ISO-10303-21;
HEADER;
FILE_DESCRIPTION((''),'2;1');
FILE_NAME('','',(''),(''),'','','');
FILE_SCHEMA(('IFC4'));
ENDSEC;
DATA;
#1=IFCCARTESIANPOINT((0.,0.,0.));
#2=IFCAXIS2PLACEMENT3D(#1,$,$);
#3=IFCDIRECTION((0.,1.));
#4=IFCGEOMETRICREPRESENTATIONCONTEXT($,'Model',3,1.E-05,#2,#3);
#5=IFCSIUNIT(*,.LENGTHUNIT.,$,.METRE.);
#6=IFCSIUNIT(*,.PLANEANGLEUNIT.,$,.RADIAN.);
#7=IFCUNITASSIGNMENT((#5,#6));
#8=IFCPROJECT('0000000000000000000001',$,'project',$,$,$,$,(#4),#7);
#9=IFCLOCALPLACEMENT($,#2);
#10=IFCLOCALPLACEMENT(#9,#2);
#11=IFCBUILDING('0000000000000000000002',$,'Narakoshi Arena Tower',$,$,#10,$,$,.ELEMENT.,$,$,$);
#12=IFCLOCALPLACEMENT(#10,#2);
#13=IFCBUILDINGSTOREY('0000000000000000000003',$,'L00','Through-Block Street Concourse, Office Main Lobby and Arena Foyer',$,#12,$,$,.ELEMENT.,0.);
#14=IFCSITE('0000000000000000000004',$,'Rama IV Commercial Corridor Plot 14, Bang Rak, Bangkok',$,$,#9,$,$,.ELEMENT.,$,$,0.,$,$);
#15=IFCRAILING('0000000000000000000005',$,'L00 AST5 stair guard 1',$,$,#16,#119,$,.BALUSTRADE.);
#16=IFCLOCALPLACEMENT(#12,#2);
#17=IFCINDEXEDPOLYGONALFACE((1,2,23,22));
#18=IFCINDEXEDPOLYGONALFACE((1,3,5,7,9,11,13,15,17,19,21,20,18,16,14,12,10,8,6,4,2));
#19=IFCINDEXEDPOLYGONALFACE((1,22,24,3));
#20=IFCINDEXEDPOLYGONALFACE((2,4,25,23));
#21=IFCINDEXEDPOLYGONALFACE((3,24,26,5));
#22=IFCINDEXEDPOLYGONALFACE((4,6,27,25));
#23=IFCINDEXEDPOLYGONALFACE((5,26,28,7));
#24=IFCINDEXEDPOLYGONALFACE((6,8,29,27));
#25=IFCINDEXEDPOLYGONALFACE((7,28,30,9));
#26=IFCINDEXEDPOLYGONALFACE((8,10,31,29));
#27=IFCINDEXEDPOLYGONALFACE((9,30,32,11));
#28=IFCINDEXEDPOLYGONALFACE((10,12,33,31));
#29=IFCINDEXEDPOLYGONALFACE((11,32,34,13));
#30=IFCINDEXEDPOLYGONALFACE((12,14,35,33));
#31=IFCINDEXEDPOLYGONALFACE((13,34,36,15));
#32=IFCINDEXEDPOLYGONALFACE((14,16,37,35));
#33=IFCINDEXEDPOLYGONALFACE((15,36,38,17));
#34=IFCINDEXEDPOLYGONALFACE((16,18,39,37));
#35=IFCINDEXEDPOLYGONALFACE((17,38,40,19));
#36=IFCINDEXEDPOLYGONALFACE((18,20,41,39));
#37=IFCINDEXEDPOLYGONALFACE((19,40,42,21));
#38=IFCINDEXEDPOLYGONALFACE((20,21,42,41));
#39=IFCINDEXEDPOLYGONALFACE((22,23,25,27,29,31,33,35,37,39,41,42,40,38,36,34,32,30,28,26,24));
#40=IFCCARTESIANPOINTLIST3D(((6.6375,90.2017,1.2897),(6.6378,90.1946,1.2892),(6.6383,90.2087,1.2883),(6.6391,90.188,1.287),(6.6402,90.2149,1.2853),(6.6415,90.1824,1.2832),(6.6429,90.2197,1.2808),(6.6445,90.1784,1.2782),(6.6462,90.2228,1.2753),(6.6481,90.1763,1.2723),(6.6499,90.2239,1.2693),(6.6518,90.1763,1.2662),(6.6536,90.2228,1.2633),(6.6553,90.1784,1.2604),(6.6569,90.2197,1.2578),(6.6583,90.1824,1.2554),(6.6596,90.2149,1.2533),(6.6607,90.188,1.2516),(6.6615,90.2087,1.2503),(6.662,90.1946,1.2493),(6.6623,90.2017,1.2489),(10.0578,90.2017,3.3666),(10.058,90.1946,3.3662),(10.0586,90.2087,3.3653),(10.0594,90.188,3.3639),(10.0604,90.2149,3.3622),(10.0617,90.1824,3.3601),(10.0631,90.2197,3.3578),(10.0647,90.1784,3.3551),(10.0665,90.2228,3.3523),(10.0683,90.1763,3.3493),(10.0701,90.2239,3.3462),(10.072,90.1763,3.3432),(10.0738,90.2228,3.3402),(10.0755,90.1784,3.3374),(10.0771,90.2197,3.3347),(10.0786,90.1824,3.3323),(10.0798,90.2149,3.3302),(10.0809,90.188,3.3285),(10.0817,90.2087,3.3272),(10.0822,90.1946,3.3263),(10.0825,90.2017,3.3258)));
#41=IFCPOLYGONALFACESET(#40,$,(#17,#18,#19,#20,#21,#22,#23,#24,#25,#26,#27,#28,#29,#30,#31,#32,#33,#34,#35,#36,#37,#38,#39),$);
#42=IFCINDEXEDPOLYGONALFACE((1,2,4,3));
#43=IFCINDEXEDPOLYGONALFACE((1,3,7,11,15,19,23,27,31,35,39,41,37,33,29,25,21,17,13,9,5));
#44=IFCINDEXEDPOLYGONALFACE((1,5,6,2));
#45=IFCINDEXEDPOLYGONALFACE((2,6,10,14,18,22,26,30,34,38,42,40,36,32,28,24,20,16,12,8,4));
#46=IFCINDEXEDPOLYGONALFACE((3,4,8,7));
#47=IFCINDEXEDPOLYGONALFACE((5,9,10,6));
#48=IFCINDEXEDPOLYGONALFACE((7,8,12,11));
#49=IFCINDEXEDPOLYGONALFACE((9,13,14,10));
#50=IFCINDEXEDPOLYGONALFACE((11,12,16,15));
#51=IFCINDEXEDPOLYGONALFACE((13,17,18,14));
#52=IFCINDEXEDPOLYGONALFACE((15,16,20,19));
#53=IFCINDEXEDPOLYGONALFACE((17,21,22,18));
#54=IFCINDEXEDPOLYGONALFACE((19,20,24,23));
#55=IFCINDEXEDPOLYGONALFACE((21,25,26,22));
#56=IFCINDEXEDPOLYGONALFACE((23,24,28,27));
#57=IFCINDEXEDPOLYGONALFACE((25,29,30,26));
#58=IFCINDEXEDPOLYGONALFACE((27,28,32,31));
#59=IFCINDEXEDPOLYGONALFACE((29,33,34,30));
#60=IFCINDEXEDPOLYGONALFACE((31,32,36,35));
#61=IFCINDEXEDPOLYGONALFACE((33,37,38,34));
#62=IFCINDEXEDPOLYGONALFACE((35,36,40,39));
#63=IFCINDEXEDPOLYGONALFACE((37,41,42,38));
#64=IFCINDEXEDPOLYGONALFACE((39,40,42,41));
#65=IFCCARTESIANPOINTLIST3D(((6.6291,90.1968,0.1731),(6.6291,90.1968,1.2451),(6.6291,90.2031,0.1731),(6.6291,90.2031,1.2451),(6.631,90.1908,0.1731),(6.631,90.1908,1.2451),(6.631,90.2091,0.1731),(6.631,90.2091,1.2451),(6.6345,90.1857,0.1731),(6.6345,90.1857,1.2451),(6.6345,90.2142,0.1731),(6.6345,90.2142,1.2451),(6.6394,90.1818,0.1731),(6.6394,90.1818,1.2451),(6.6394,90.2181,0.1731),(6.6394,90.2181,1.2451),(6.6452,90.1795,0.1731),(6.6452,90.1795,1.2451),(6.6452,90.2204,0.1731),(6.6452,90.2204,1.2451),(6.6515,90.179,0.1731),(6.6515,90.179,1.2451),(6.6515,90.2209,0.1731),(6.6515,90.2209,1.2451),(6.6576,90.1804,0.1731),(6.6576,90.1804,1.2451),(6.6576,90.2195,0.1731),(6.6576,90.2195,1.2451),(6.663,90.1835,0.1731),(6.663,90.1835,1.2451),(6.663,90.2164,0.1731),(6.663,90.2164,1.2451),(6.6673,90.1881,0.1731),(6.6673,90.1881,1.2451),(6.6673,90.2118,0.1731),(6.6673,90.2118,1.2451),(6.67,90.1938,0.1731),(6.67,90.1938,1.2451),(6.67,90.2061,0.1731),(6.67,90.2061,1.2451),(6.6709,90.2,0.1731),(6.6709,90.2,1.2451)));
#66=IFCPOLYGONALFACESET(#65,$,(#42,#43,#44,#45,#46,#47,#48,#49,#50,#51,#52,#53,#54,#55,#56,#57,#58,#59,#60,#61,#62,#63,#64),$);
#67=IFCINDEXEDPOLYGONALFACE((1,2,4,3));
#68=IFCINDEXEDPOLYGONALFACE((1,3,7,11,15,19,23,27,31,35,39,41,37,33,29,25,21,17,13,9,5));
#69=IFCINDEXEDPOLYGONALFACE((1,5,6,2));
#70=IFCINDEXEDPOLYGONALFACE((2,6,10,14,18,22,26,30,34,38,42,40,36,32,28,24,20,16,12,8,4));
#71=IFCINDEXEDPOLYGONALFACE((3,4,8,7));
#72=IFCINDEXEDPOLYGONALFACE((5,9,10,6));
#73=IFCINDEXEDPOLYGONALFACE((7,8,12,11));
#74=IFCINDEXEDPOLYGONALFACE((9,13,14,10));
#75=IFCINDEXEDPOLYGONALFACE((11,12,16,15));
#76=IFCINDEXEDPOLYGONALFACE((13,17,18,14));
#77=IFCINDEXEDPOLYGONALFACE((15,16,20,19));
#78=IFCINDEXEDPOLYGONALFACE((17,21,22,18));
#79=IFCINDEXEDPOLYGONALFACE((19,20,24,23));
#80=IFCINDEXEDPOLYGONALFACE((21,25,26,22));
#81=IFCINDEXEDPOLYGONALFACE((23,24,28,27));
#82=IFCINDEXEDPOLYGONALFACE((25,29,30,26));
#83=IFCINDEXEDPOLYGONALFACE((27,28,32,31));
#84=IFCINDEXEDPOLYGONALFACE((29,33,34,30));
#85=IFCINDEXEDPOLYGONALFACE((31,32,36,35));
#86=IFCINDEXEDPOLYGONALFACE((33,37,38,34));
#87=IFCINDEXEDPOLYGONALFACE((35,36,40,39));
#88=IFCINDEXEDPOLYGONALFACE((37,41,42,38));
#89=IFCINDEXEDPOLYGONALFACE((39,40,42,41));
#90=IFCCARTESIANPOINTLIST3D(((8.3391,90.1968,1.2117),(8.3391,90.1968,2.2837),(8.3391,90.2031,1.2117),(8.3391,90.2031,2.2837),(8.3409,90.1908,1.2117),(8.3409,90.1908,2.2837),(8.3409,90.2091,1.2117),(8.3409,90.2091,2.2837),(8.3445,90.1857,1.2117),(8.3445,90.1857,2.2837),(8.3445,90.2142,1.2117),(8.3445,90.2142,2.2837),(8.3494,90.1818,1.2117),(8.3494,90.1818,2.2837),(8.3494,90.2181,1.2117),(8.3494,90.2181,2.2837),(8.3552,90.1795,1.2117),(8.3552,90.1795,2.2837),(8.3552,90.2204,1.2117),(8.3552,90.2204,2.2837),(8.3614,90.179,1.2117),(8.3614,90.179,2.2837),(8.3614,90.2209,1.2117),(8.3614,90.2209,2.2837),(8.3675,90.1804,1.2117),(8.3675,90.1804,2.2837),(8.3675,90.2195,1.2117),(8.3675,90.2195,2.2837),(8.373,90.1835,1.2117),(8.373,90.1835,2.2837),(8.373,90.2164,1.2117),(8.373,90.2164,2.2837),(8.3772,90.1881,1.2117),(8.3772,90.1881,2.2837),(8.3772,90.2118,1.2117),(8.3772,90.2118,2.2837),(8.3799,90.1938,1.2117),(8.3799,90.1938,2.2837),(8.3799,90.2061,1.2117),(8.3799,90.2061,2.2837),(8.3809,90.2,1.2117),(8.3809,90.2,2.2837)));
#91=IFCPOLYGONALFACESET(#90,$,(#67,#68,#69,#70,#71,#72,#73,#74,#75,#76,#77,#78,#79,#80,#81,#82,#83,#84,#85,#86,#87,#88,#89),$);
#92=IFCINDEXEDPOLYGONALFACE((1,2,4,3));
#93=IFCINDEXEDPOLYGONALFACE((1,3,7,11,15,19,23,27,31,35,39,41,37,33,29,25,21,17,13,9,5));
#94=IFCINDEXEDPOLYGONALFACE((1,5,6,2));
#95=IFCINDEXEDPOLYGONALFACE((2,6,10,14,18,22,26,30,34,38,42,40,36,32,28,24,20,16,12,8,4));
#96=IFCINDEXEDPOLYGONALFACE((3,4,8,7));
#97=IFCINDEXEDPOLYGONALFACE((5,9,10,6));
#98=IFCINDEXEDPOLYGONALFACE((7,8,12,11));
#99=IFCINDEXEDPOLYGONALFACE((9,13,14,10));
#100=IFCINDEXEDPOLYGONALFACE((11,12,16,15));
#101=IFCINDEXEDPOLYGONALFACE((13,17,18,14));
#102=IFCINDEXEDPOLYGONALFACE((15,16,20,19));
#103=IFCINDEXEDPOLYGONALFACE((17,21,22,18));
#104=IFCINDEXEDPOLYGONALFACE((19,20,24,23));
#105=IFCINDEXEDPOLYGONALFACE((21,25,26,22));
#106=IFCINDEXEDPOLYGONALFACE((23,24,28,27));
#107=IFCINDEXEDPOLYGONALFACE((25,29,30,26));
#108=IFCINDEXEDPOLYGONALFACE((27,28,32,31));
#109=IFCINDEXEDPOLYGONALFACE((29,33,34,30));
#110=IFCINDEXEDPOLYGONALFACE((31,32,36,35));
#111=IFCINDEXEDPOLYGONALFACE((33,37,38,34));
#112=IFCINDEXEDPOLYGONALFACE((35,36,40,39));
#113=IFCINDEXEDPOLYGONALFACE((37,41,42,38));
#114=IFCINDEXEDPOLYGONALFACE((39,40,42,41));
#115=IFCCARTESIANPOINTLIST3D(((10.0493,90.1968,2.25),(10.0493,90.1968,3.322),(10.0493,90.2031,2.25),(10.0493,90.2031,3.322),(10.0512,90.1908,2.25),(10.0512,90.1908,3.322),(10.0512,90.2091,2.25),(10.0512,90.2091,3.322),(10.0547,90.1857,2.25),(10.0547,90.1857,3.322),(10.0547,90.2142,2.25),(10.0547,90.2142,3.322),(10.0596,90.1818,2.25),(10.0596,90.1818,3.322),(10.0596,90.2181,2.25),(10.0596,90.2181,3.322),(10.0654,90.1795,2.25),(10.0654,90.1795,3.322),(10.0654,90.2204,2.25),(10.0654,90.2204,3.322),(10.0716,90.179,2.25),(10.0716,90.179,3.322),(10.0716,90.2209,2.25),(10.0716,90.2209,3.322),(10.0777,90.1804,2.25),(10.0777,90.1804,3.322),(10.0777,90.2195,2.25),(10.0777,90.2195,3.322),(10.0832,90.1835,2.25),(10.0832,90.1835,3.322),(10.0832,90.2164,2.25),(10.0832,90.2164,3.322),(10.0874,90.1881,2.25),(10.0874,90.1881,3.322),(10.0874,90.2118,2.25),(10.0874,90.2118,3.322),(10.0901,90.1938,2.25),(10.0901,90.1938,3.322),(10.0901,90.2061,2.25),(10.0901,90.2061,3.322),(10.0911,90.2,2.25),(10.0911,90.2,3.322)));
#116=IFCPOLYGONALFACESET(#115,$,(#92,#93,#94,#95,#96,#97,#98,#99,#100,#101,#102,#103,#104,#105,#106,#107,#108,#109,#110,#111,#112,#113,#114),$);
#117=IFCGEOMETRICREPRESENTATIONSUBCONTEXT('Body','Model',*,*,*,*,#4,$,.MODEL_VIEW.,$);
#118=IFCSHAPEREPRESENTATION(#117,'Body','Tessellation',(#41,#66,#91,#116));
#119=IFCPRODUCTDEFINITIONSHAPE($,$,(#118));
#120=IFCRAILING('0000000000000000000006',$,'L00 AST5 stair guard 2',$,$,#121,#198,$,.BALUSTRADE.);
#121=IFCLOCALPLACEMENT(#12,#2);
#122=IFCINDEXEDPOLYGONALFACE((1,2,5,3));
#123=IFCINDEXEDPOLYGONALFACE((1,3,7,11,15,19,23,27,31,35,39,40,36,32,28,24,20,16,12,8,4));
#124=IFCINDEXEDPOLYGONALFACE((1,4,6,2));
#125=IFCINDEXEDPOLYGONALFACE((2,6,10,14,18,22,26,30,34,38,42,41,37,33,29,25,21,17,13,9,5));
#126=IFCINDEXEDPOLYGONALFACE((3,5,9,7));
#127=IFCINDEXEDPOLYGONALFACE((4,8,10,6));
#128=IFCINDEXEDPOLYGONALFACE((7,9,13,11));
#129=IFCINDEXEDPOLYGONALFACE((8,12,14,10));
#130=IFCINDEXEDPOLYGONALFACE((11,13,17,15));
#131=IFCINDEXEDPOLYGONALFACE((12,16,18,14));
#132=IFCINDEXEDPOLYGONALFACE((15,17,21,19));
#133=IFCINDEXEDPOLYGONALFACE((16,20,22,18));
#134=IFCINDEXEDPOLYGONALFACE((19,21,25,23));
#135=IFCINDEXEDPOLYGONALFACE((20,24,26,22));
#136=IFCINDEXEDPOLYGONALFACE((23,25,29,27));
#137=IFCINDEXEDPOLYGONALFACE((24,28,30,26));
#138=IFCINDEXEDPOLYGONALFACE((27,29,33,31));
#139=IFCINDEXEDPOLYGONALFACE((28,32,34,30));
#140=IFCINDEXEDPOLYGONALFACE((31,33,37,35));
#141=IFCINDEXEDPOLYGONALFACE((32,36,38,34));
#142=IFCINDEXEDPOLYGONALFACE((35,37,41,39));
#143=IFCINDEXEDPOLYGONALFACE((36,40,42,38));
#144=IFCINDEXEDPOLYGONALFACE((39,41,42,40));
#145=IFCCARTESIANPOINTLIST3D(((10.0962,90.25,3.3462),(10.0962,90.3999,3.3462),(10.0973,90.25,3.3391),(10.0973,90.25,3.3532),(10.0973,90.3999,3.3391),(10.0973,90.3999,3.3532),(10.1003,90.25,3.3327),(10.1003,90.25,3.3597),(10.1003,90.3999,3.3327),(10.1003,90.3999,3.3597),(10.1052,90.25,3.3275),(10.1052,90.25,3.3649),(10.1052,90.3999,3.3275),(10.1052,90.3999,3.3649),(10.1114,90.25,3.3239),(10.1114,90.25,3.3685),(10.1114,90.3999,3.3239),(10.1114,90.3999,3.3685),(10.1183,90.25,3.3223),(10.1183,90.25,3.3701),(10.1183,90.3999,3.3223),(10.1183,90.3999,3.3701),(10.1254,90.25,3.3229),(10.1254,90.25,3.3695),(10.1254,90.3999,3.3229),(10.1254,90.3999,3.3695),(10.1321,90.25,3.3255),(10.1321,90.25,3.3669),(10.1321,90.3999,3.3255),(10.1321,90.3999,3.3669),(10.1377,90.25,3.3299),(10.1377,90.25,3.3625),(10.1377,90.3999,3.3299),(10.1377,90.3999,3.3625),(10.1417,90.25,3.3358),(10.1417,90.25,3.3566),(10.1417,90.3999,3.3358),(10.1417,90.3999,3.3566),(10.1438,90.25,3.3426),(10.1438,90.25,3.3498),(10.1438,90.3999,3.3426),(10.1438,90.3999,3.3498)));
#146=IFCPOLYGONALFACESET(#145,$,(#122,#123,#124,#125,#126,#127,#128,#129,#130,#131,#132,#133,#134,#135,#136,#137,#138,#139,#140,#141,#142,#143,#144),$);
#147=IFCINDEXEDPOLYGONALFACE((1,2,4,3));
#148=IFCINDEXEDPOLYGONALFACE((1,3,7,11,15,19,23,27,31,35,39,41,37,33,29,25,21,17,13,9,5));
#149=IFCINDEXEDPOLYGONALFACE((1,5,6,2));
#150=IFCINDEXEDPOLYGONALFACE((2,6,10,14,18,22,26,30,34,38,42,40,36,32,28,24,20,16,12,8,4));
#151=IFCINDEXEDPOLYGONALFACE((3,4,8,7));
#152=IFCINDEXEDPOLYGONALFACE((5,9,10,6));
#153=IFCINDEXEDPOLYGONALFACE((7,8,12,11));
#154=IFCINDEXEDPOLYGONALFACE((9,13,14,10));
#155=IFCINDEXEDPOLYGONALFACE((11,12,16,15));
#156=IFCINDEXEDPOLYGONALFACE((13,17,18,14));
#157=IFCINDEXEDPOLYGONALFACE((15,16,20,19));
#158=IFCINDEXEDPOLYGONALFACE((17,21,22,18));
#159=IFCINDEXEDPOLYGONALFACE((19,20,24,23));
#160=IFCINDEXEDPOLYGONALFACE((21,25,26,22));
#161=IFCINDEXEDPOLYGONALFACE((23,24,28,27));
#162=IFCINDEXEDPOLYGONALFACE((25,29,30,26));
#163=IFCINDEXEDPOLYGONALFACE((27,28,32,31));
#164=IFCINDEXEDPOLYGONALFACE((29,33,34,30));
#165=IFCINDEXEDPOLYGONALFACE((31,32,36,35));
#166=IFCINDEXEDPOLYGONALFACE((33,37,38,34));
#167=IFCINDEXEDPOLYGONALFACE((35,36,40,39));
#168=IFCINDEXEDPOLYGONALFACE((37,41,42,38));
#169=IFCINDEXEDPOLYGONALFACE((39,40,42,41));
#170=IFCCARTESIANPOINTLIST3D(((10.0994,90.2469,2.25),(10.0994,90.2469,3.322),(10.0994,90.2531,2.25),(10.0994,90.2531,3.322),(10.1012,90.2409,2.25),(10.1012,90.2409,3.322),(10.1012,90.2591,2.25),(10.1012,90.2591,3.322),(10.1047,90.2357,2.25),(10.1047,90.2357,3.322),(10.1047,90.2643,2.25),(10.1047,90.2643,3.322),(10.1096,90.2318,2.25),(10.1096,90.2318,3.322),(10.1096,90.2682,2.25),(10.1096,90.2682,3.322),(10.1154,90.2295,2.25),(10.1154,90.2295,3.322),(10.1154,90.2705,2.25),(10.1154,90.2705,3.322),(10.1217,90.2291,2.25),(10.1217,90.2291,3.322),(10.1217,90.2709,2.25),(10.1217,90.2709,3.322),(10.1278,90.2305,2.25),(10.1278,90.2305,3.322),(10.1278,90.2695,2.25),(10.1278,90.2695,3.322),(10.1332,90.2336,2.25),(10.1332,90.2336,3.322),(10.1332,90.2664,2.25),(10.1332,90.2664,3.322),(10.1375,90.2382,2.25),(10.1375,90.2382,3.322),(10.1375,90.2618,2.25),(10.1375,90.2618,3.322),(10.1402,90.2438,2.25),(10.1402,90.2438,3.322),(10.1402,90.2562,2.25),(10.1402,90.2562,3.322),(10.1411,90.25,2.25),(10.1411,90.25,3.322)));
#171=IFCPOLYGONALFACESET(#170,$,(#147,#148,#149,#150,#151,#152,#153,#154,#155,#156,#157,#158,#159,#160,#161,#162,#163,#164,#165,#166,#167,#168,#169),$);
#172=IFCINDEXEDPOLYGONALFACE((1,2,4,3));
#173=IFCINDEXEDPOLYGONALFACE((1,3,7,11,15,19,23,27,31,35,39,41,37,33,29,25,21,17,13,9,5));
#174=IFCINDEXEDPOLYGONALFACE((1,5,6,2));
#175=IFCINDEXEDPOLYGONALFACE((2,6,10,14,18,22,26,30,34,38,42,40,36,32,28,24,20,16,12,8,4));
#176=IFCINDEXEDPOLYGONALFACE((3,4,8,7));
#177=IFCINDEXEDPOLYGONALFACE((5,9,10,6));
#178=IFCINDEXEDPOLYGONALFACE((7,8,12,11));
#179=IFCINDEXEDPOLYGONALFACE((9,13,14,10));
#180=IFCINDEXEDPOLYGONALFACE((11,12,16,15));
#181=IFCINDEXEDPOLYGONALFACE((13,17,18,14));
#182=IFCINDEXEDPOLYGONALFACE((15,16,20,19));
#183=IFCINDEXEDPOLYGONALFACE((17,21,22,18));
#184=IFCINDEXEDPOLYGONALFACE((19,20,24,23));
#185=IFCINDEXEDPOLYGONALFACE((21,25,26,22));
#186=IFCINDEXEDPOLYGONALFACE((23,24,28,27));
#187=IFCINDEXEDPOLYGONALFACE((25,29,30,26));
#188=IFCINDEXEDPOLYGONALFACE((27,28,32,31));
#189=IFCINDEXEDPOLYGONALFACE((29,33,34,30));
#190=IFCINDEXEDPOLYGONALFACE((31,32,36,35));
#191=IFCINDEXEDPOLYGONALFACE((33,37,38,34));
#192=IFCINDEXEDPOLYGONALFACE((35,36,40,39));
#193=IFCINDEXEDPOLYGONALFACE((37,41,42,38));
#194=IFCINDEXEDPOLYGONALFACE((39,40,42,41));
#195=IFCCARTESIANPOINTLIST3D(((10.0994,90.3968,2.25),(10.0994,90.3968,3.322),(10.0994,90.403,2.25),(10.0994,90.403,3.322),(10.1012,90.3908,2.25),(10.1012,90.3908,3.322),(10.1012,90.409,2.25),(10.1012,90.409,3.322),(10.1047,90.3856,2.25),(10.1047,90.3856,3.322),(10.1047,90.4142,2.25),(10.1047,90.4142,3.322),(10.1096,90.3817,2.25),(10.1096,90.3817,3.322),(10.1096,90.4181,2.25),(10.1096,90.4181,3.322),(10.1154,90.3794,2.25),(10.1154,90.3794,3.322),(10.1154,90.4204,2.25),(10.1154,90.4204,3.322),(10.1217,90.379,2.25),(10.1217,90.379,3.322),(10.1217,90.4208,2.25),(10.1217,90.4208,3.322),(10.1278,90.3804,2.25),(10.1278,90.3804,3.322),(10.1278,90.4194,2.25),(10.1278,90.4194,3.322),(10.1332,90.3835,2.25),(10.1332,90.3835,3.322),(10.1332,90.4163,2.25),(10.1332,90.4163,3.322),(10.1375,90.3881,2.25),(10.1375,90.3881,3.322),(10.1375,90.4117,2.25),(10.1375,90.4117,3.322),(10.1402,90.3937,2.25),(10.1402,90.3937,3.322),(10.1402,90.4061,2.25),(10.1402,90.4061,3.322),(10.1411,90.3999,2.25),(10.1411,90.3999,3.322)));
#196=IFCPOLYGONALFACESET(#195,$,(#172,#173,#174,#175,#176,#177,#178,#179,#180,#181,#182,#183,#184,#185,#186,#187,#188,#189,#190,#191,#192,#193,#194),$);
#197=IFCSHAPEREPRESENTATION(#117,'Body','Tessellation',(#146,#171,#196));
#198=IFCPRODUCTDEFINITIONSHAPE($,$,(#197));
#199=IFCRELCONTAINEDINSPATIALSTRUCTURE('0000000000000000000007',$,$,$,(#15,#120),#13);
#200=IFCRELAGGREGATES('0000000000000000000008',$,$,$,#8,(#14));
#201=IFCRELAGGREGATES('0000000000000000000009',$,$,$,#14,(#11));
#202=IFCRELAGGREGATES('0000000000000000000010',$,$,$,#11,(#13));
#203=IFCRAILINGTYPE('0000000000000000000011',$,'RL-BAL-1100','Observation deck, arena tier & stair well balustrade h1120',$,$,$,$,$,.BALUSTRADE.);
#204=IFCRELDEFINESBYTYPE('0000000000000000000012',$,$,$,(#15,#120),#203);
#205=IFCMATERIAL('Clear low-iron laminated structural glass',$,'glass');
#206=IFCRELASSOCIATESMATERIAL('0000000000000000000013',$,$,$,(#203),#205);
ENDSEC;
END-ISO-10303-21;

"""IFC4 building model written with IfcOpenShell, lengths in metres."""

from ifc_helpers import new_model, si_unit, direction, frame, origin, origin_2d, place, context, subcontext, project, spatial, circle, extrude, material, type_object, element, save


model = new_model("IFC4")

# Units and contexts
model_context = context("Model", 3, precision=1e-05, world=origin(), true_north=direction((0.0, 1.0)))
body_context = subcontext(model_context, "Body", "Model", "MODEL_VIEW")
ifc_project = project(units=[si_unit("LENGTHUNIT", "METRE"), si_unit("PLANEANGLEUNIT", "RADIAN")], contexts=[model_context])

# Site, building, storey
site_placement = place(None, origin())
site = spatial("IfcSite", under=ifc_project, at=site_placement, Name="Rama IV Commercial Corridor Plot 14, Bang Rak, Bangkok", CompositionType="ELEMENT", RefElevation=0.0)
building_placement = place(site_placement, origin())
building = spatial("IfcBuilding", under=site, at=building_placement, Name="Narakoshi Arena Tower", CompositionType="ELEMENT")
storey_placement = place(building_placement, origin())
storey = spatial("IfcBuildingStorey", under=building, at=storey_placement, Name="L00", Description="Through-Block Street Concourse, Office Main Lobby and Arena Foyer", CompositionType="ELEMENT", Elevation=0.0)

# Railings
ifc_material_1 = material(Name="Clear low-iron laminated structural glass", Category="glass")
railing_type_1 = type_object("IfcRailingType", Name="RL-BAL-1100", Description="Observation deck, arena tier & stair well balustrade h1120", PredefinedType="BALUSTRADE", material=ifc_material_1)
railing_1_placement = place(storey_placement, frame((6.6499, 90.2, 0.1731)))
element("IfcRailing", 1, at=railing_1_placement, inside=storey, type_object=railing_type_1, Name="L00 AST5 stair guard 1", PredefinedType="BALUSTRADE", context=body_context, shape_type="SweptSolid", body=[
    extrude(circle(Radius=0.0239, at=origin_2d()), frame((0.0, 0.0, 1.0962), z_axis=(0.854746, 0.0, 0.519047), x_axis=(0.0, 1.0, 0.0)), (0.0, 0.0, 1.0), 4.0015),
    extrude(circle(Radius=0.021, at=origin_2d()), origin(), (0.0, 0.0, 1.0), 1.072),
    extrude(circle(Radius=0.021, at=origin_2d()), frame((1.71, 0.0, 1.0386)), (0.0, 0.0, 1.0), 1.072),
    extrude(circle(Radius=0.021, at=origin_2d()), frame((3.4202, 0.0, 2.0769)), (0.0, 0.0, 1.0), 1.072),
])
railing_2_placement = place(storey_placement, frame((10.1201, 90.25, 2.25)))
element("IfcRailing", 2, at=railing_2_placement, inside=storey, type_object=railing_type_1, Name="L00 AST5 stair guard 2", PredefinedType="BALUSTRADE", context=body_context, shape_type="SweptSolid", body=[
    extrude(circle(Radius=0.0239, at=origin_2d()), frame((0.0, 0.0, 1.0962), z_axis=(0.0, 1.0, 0.0), x_axis=(-1.0, 0.0, 0.0)), (0.0, 0.0, 1.0), 0.1499),
    extrude(circle(Radius=0.021, at=origin_2d()), origin(), (0.0, 0.0, 1.0), 1.072),
    extrude(circle(Radius=0.021, at=origin_2d()), frame((0.0, 0.1499, 0.0)), (0.0, 0.0, 1.0), 1.072),
])

save(model, "model.ifc")
